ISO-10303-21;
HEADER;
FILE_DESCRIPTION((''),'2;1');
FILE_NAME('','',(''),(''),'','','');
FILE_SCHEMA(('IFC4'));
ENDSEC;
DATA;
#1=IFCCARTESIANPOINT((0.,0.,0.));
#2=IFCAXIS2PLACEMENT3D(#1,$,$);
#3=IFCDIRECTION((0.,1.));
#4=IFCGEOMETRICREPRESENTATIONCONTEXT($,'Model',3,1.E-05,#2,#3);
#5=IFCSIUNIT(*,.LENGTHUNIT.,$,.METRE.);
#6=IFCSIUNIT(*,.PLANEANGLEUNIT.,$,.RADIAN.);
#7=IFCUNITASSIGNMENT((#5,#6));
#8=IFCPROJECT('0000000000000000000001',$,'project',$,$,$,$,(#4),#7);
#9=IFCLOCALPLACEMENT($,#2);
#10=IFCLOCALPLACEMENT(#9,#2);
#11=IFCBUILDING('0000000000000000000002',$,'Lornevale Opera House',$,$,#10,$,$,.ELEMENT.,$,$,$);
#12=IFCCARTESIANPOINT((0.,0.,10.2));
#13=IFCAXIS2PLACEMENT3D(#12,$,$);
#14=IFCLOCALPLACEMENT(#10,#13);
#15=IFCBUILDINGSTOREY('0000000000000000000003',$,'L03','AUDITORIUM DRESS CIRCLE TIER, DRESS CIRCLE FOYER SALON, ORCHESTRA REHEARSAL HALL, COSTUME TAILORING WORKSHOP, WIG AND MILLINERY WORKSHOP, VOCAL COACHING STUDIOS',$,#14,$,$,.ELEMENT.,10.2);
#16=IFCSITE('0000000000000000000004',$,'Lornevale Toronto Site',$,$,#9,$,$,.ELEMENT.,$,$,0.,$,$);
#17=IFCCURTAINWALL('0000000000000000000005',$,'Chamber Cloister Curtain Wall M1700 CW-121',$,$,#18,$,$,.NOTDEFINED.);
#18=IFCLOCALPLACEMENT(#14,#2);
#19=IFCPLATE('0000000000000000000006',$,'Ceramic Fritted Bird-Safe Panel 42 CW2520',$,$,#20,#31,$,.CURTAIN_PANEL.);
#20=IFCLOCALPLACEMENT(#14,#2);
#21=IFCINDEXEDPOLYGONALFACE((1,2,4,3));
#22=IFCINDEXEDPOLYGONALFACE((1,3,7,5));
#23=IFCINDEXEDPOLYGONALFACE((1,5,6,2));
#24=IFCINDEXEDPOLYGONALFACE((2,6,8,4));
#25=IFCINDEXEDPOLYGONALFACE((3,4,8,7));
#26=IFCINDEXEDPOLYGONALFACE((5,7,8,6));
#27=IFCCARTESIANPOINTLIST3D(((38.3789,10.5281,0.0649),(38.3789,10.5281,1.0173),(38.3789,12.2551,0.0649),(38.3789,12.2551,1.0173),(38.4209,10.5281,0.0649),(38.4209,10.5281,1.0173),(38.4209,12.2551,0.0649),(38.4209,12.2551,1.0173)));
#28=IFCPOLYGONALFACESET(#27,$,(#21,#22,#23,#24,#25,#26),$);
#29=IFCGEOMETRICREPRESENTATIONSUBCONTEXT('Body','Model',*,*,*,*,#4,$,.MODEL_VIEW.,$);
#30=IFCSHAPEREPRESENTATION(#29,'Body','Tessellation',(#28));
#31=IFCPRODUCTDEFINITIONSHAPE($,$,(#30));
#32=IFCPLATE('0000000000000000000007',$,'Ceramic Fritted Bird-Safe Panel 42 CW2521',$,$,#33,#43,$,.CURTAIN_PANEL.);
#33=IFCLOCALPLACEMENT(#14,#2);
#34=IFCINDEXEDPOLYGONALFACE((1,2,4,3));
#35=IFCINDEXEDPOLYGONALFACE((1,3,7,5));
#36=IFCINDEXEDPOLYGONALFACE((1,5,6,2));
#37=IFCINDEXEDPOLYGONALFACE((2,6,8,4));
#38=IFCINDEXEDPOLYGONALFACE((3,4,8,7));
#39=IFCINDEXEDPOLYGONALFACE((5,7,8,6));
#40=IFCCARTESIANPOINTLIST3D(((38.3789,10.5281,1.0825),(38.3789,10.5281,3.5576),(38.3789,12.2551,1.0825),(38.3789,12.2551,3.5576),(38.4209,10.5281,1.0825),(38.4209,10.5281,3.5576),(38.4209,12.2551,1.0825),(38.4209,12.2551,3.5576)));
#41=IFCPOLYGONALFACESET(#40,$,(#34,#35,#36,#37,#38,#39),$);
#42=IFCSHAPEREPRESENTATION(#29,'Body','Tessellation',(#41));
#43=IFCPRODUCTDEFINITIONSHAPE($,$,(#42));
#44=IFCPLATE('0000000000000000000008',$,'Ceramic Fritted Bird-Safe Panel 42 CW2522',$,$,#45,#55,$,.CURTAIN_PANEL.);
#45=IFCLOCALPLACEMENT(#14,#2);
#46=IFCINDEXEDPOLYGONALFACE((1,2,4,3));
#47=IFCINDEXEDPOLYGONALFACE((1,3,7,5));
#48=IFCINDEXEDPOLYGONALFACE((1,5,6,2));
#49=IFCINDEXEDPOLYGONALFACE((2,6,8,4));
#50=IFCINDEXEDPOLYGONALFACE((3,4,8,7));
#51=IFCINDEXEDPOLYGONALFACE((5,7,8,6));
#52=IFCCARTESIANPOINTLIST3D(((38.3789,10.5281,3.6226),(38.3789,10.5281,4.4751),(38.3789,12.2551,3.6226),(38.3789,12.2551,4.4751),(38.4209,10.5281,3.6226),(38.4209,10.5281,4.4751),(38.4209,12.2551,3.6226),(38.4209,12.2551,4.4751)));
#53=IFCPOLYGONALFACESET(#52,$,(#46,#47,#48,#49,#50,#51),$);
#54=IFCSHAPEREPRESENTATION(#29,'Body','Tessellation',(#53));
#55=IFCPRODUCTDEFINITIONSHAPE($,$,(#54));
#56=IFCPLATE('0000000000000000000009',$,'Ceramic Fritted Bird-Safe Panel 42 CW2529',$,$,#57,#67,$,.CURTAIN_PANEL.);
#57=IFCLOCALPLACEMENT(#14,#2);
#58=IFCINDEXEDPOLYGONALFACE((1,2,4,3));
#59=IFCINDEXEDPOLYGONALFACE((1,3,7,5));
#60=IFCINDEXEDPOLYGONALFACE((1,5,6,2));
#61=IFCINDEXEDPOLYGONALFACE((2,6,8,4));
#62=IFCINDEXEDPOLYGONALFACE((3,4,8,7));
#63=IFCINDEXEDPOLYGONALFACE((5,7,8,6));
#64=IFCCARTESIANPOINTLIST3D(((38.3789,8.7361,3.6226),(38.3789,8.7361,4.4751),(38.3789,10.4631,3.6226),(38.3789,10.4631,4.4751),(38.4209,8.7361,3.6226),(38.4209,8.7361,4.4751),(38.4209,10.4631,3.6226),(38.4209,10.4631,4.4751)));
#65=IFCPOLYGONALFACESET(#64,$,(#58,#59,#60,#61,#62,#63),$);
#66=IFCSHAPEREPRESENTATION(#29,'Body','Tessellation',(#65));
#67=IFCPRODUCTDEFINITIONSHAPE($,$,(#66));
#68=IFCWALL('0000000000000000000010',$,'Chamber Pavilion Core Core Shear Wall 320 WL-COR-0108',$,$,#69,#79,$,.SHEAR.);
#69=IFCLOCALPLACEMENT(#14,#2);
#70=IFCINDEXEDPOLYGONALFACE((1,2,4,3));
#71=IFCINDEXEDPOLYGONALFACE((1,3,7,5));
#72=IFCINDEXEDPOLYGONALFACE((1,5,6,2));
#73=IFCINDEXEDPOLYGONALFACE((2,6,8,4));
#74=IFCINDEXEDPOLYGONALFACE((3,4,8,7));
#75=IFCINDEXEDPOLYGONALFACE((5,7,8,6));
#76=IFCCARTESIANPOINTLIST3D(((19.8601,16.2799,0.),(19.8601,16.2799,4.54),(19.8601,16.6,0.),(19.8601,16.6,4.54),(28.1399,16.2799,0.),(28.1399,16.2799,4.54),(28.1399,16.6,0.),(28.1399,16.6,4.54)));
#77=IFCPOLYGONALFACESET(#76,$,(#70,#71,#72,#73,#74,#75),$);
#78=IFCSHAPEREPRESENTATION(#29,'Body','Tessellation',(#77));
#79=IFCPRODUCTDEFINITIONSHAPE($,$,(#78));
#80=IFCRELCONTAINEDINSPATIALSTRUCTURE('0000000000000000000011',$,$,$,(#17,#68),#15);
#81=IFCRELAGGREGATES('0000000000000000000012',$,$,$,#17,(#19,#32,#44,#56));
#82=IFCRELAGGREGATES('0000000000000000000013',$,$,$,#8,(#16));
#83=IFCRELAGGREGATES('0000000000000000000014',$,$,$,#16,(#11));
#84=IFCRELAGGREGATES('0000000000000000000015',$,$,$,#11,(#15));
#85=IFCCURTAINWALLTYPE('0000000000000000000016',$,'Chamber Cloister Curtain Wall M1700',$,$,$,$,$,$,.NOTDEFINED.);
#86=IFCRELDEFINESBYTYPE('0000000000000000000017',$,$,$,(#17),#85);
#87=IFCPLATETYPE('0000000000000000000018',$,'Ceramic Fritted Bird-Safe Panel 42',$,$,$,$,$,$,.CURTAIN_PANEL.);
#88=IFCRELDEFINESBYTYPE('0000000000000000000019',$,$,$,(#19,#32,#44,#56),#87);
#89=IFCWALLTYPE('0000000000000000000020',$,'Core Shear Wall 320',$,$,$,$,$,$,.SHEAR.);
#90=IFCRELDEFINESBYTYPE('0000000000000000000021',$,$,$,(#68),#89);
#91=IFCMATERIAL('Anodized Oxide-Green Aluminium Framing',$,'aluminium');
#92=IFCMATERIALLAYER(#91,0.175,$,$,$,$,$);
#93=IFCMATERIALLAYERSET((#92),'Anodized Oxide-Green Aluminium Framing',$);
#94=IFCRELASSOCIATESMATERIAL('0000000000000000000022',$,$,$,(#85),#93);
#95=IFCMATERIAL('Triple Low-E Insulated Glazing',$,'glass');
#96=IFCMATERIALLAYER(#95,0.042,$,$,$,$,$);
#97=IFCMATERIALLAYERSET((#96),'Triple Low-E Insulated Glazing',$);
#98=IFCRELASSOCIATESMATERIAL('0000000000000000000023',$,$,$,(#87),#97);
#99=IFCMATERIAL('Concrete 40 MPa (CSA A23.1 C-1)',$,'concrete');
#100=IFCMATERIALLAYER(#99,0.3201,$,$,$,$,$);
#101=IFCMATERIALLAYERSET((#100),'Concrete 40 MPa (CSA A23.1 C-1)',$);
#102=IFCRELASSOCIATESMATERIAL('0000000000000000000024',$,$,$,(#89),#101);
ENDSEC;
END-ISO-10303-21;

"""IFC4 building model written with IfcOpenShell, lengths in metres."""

from ifc_helpers import new_model, si_unit, direction, frame, frame_2d, origin, origin_2d, place, context, subcontext, project, spatial, rectangle, extrude, material, layer, layer_set, type_object, element, aggregate, save


model = new_model("IFC4")

# Units and contexts
model_context = context("Model", 3, precision=1e-05, world=origin(), true_north=direction((0.0, 1.0)))
body_context = subcontext(model_context, "Body", "Model", "MODEL_VIEW")
ifc_project = project(units=[si_unit("LENGTHUNIT", "METRE"), si_unit("PLANEANGLEUNIT", "RADIAN")], contexts=[model_context])

# Site, building, storey
site_placement = place(None, origin())
site = spatial("IfcSite", under=ifc_project, at=site_placement, Name="Lornevale Toronto Site", CompositionType="ELEMENT", RefElevation=0.0)
building_placement = place(site_placement, origin())
building = spatial("IfcBuilding", under=site, at=building_placement, Name="Lornevale Opera House", CompositionType="ELEMENT")
storey_placement = place(building_placement, frame((0.0, 0.0, 10.2)))
storey = spatial("IfcBuildingStorey", under=building, at=storey_placement, Name="L03", Description="AUDITORIUM DRESS CIRCLE TIER, DRESS CIRCLE FOYER SALON, ORCHESTRA REHEARSAL HALL, COSTUME TAILORING WORKSHOP, WIG AND MILLINERY WORKSHOP, VOCAL COACHING STUDIOS", CompositionType="ELEMENT", Elevation=10.2)

# Curtain wall
ifc_material_1 = material(Name="Anodized Oxide-Green Aluminium Framing", Category="aluminium")
ifc_layer_1 = layer(ifc_material_1, 0.175)
ifc_layer_set_1 = layer_set([ifc_layer_1], Name="Anodized Oxide-Green Aluminium Framing")
curtain_wall_type = type_object("IfcCurtainWallType", Name="Chamber Cloister Curtain Wall M1700", PredefinedType="NOTDEFINED", material=ifc_layer_set_1)
curtain_wall_1_placement = place(storey_placement, origin())
curtain_wall_1 = element("IfcCurtainWall", 1, at=curtain_wall_1_placement, inside=storey, type_object=curtain_wall_type, Name="Chamber Cloister Curtain Wall M1700 CW-121", PredefinedType="NOTDEFINED")

# Plates
ifc_material_2 = material(Name="Triple Low-E Insulated Glazing", Category="glass")
ifc_layer_2 = layer(ifc_material_2, 0.042)
ifc_layer_set_2 = layer_set([ifc_layer_2], Name="Triple Low-E Insulated Glazing")
plate_type = type_object("IfcPlateType", Name="Ceramic Fritted Bird-Safe Panel 42", PredefinedType="CURTAIN_PANEL", material=ifc_layer_set_2)
plate_1_placement = place(storey_placement, frame((38.3999, 11.3916, 0.0649), z_axis=(0.0, 0.0, 1.0), x_axis=(0.0, -1.0, 0.0)))
plate_1 = element("IfcPlate", 2, at=plate_1_placement, type_object=plate_type, Name="Ceramic Fritted Bird-Safe Panel 42 CW2520", PredefinedType="CURTAIN_PANEL", context=body_context, shape_type="SweptSolid", body=[
    extrude(rectangle(XDim=1.7271, YDim=0.042, at=origin_2d()), origin(), (0.0, 0.0, 1.0), 0.9524),
])
plate_2_placement = place(storey_placement, frame((38.3999, 11.3916, 1.0825), z_axis=(0.0, 0.0, 1.0), x_axis=(0.0, -1.0, 0.0)))
plate_2 = element("IfcPlate", 3, at=plate_2_placement, type_object=plate_type, Name="Ceramic Fritted Bird-Safe Panel 42 CW2521", PredefinedType="CURTAIN_PANEL", context=body_context, shape_type="SweptSolid", body=[
    extrude(rectangle(XDim=1.7271, YDim=0.042, at=origin_2d()), origin(), (0.0, 0.0, 1.0), 2.4751),
])
plate_3_placement = place(storey_placement, frame((38.3999, 11.3916, 3.6226), z_axis=(0.0, 0.0, 1.0), x_axis=(0.0, -1.0, 0.0)))
plate_3 = element("IfcPlate", 4, at=plate_3_placement, type_object=plate_type, Name="Ceramic Fritted Bird-Safe Panel 42 CW2522", PredefinedType="CURTAIN_PANEL", context=body_context, shape_type="SweptSolid", body=[
    extrude(rectangle(XDim=1.7271, YDim=0.042, at=origin_2d()), origin(), (0.0, 0.0, 1.0), 0.8525),
])
plate_4_placement = place(storey_placement, frame((38.3999, 9.5996, 3.6226), z_axis=(0.0, 0.0, 1.0), x_axis=(0.0, -1.0, 0.0)))
plate_4 = element("IfcPlate", 5, at=plate_4_placement, type_object=plate_type, Name="Ceramic Fritted Bird-Safe Panel 42 CW2529", PredefinedType="CURTAIN_PANEL", context=body_context, shape_type="SweptSolid", body=[
    extrude(rectangle(XDim=1.7271, YDim=0.042, at=origin_2d()), origin(), (0.0, 0.0, 1.0), 0.8525),
])
aggregate(curtain_wall_1, [plate_1, plate_2, plate_3, plate_4])

# Wall
ifc_material_3 = material(Name="Concrete 40 MPa (CSA A23.1 C-1)", Category="concrete")
ifc_layer_3 = layer(ifc_material_3, 0.3201)
ifc_layer_set_3 = layer_set([ifc_layer_3], Name="Concrete 40 MPa (CSA A23.1 C-1)")
wall_type = type_object("IfcWallType", Name="Core Shear Wall 320", PredefinedType="SHEAR", material=ifc_layer_set_3)
wall_placement = place(storey_placement, frame((28.1399, 16.4399, 0.0), z_axis=(0.0, 0.0, 1.0), x_axis=(-1.0, 0.0, 0.0)))
element("IfcWall", 6, at=wall_placement, inside=storey, type_object=wall_type, Name="Chamber Pavilion Core Core Shear Wall 320 WL-COR-0108", PredefinedType="SHEAR", context=body_context, shape_type="SweptSolid", body=[
    extrude(rectangle(XDim=8.2798, YDim=0.3201, at=frame_2d((4.1399, 0.0))), origin(), (0.0, 0.0, 1.0), 4.54),
])

save(model, "model.ifc")
